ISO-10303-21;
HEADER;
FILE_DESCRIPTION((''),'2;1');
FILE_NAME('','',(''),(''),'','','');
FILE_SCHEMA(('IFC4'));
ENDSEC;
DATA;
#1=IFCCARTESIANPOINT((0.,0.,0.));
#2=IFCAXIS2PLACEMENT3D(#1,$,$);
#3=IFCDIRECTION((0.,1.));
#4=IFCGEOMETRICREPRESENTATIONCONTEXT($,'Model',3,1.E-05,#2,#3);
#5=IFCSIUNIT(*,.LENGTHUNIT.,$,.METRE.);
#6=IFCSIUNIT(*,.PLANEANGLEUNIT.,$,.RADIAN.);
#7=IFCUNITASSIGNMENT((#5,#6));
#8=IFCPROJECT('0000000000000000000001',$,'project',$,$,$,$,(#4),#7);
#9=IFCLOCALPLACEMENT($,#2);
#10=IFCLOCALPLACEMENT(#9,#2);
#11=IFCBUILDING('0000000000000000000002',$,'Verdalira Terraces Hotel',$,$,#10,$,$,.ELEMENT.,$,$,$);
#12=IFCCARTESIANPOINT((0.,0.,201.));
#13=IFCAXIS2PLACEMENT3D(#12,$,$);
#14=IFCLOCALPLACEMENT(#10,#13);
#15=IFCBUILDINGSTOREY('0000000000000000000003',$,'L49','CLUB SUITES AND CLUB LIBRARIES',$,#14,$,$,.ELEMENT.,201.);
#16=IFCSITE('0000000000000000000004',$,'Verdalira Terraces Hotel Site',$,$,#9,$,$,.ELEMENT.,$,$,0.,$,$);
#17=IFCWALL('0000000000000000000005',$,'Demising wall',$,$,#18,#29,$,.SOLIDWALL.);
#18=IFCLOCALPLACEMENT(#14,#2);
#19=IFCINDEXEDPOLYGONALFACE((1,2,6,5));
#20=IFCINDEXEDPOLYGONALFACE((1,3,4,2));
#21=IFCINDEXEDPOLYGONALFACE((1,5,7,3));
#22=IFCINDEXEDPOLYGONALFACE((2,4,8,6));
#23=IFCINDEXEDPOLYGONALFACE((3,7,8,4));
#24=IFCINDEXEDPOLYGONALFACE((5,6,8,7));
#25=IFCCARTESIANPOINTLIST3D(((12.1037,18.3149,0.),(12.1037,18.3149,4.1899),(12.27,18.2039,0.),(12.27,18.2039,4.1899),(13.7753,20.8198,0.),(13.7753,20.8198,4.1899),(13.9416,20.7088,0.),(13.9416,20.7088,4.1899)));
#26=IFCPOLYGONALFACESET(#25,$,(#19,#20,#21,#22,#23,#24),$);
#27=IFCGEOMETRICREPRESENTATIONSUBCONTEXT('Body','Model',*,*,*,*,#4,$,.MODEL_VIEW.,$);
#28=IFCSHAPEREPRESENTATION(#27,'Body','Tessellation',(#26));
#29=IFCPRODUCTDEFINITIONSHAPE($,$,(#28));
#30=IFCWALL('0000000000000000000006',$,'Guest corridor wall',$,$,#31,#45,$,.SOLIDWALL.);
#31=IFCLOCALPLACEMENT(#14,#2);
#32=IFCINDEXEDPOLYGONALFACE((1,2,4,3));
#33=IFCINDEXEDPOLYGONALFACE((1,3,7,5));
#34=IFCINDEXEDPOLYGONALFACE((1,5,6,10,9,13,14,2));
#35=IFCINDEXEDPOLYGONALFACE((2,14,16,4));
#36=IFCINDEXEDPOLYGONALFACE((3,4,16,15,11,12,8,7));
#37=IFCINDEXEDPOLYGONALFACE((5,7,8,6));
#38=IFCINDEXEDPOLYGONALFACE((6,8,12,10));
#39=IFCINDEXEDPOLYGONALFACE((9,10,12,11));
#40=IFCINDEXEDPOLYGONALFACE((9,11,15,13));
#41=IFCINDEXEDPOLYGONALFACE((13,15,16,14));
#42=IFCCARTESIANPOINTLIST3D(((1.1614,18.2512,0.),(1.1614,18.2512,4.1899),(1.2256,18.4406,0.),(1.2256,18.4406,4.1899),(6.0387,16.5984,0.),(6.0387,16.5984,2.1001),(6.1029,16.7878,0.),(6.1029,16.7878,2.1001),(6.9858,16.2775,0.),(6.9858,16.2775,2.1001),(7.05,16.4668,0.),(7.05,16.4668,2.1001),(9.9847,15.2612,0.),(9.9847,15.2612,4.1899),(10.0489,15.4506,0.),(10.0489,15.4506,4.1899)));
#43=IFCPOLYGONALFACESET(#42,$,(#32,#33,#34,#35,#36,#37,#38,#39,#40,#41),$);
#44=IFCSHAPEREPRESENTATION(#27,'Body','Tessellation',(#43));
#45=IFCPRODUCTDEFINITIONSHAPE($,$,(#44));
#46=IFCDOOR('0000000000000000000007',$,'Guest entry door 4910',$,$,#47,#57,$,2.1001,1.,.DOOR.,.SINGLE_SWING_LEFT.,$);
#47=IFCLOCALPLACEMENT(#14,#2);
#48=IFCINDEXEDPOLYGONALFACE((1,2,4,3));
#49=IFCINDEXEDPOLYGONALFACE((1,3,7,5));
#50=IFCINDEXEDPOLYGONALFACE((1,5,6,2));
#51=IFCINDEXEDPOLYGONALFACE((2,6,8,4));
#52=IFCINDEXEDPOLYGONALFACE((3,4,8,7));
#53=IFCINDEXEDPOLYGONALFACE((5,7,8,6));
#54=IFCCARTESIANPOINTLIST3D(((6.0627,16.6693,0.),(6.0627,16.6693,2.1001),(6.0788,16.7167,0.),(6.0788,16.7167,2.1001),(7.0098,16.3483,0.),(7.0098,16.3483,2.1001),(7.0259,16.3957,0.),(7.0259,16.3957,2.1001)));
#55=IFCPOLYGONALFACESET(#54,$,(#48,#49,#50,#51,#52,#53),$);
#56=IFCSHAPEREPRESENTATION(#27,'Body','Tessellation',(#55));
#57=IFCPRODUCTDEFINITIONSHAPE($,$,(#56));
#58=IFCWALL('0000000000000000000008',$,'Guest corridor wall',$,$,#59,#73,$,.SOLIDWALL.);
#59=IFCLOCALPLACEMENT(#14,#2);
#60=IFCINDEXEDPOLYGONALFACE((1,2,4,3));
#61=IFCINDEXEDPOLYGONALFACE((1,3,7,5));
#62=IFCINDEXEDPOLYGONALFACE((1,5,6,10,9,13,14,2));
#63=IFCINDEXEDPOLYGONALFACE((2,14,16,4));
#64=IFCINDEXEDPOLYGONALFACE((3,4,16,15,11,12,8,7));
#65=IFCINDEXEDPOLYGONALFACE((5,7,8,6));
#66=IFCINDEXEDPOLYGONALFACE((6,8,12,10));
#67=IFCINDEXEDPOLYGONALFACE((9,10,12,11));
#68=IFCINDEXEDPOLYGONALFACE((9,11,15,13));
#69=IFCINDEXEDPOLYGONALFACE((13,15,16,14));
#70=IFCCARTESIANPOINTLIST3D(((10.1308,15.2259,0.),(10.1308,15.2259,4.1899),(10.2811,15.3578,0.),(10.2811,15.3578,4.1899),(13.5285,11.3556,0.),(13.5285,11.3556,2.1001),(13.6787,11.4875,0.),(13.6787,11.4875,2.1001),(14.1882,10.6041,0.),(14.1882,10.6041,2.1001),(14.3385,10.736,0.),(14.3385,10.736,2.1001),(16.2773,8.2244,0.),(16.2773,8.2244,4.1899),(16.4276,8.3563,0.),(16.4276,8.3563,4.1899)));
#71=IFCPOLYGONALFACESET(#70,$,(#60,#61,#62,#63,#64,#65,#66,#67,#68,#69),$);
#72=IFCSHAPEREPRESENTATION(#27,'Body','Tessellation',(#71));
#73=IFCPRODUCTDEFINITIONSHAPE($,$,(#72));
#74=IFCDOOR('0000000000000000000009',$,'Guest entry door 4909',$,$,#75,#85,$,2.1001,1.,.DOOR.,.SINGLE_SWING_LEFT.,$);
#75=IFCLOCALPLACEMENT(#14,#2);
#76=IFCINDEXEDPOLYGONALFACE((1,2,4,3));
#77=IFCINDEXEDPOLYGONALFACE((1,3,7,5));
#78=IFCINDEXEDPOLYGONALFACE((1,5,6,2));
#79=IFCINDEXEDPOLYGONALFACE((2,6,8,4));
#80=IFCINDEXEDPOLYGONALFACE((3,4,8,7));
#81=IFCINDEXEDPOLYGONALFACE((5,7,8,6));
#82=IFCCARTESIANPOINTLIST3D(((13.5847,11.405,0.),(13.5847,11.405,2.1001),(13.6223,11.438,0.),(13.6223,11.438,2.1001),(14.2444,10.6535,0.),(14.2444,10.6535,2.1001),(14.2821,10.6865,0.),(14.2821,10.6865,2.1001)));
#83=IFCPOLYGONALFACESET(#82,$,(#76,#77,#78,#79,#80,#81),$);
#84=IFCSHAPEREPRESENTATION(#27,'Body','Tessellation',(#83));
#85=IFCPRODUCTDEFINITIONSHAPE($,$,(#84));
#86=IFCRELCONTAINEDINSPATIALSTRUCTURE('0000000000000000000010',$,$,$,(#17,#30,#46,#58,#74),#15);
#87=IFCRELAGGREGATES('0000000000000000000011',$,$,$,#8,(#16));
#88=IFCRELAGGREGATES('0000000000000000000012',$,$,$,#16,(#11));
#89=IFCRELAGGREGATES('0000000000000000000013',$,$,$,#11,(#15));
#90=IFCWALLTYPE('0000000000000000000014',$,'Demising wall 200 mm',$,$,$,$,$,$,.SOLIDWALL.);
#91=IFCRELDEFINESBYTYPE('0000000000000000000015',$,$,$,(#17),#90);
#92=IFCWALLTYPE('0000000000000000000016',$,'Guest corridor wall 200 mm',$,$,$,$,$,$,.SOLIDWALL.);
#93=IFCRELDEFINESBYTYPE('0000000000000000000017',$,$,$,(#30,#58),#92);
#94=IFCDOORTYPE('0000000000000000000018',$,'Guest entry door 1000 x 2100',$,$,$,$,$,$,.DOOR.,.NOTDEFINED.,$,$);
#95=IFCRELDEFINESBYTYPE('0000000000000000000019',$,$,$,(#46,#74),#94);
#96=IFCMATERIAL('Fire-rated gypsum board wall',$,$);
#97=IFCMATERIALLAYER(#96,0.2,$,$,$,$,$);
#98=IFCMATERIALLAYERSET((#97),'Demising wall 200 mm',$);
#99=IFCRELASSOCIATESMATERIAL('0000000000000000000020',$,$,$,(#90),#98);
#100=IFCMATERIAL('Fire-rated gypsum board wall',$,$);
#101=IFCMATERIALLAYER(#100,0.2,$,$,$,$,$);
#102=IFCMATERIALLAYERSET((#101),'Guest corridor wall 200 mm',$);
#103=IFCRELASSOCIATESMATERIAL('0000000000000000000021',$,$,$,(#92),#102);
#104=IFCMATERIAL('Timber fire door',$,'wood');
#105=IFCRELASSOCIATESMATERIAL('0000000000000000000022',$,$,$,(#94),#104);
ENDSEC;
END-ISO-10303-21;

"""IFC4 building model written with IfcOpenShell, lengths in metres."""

from ifc_helpers import new_model, si_unit, direction, frame, frame_2d, origin, place, context, subcontext, project, spatial, rectangle, extrude, material, layer, layer_set, type_object, element, fill, save


model = new_model("IFC4")

# Units and contexts
model_context = context("Model", 3, precision=1e-05, world=origin(), true_north=direction((0.0, 1.0)))
body_context = subcontext(model_context, "Body", "Model", "MODEL_VIEW")
ifc_project = project(units=[si_unit("LENGTHUNIT", "METRE"), si_unit("PLANEANGLEUNIT", "RADIAN")], contexts=[model_context])

# Site, building, storey
site_placement = place(None, origin())
site = spatial("IfcSite", under=ifc_project, at=site_placement, Name="Verdalira Terraces Hotel Site", CompositionType="ELEMENT", RefElevation=0.0)
building_placement = place(site_placement, origin())
building = spatial("IfcBuilding", under=site, at=building_placement, Name="Verdalira Terraces Hotel", CompositionType="ELEMENT")
storey_placement = place(building_placement, frame((0.0, 0.0, 201.0)))
storey = spatial("IfcBuildingStorey", under=building, at=storey_placement, Name="L49", Description="CLUB SUITES AND CLUB LIBRARIES", CompositionType="ELEMENT", Elevation=201.0)

# Wall
ifc_material_1 = material(Name="Fire-rated gypsum board wall")
ifc_layer_1 = layer(ifc_material_1, 0.2)
ifc_layer_set_1 = layer_set([ifc_layer_1], Name="Demising wall 200 mm")
wall_type_1 = type_object("IfcWallType", Name="Demising wall 200 mm", PredefinedType="SOLIDWALL", material=ifc_layer_set_1)
wall_1_placement = place(storey_placement, frame((12.1868, 18.2593, 0.0), z_axis=(0.0, 0.0, 1.0), x_axis=(0.555093, 0.831788, 0.0)))
element("IfcWall", 1, at=wall_1_placement, inside=storey, type_object=wall_type_1, Name="Demising wall", PredefinedType="SOLIDWALL", context=body_context, shape_type="SweptSolid", body=[
    extrude(rectangle(XDim=3.0115, YDim=0.2, at=frame_2d((1.5059, 0.0))), origin(), (0.0, 0.0, 1.0), 4.1899),
])

# Walls, openings, doors
ifc_material_2 = material(Name="Fire-rated gypsum board wall")
ifc_layer_2 = layer(ifc_material_2, 0.2)
ifc_layer_set_2 = layer_set([ifc_layer_2], Name="Guest corridor wall 200 mm")
wall_type_2 = type_object("IfcWallType", Name="Guest corridor wall 200 mm", PredefinedType="SOLIDWALL", material=ifc_layer_set_2)
wall_2_placement = place(storey_placement, frame((1.1934, 18.3459, 0.0), z_axis=(0.0, 0.0, 1.0), x_axis=(0.947097, -0.320949, 0.0)))
wall_2 = element("IfcWall", 2, at=wall_2_placement, inside=storey, type_object=wall_type_2, Name="Guest corridor wall", PredefinedType="SOLIDWALL", context=body_context, shape_type="SweptSolid", body=[
    extrude(rectangle(XDim=9.3162, YDim=0.2, at=frame_2d((4.6582, 0.0))), origin(), (0.0, 0.0, 1.0), 4.1899),
])
opening_1_placement = place(wall_2_placement, frame((5.1499, 0.0, 0.0)))
opening_1 = element("IfcOpeningElement", 3, at=opening_1_placement, cuts=wall_2, PredefinedType="OPENING", context=body_context, shape_type="SweptSolid", body=[
    extrude(rectangle(XDim=1.0, YDim=2.1001, at=frame_2d((0.5, 1.05))), frame((0.0, 0.1099, 0.0), z_axis=(0.0, -1.0, 0.0), x_axis=(1.0, 0.0, 0.0)), (0.0, 0.0, 1.0), 0.22),
])
ifc_material_3 = material(Name="Timber fire door", Category="wood")
door_type_1 = type_object("IfcDoorType", Name="Guest entry door 1000 x 2100", OperationType="NOTDEFINED", PredefinedType="DOOR", material=ifc_material_3)
door_1_placement = place(opening_1_placement, origin())
door_1 = element("IfcDoor", 4, at=door_1_placement, inside=storey, type_object=door_type_1, Name="Guest entry door 4910", OperationType="SINGLE_SWING_LEFT", OverallHeight=2.1001, OverallWidth=1.0, PredefinedType="DOOR", context=body_context, shape_type="SweptSolid", body=[
    extrude(rectangle(XDim=1.0, YDim=2.1001, at=frame_2d((0.5, 1.05))), frame((0.0, 0.0249, 0.0), z_axis=(0.0, -1.0, 0.0), x_axis=(1.0, 0.0, 0.0)), (0.0, 0.0, 1.0), 0.05),
])
fill(opening_1, door_1)
wall_3_placement = place(storey_placement, frame((10.2061, 15.2917, 0.0), z_axis=(0.0, 0.0, 1.0), x_axis=(0.659732, -0.751501, 0.0)))
wall_3 = element("IfcWall", 5, at=wall_3_placement, inside=storey, type_object=wall_type_2, Name="Guest corridor wall", PredefinedType="SOLIDWALL", context=body_context, shape_type="SweptSolid", body=[
    extrude(rectangle(XDim=9.3166, YDim=0.2, at=frame_2d((4.6582, 0.0))), origin(), (0.0, 0.0, 1.0), 4.1899),
])
opening_2_placement = place(wall_3_placement, frame((5.1499, 0.0, 0.0)))
opening_2 = element("IfcOpeningElement", 6, at=opening_2_placement, cuts=wall_3, PredefinedType="OPENING", context=body_context, shape_type="SweptSolid", body=[
    extrude(rectangle(XDim=1.0, YDim=2.1001, at=frame_2d((0.5, 1.05))), frame((0.0, 0.1099, 0.0), z_axis=(0.0, -1.0, 0.0), x_axis=(1.0, 0.0, 0.0)), (0.0, 0.0, 1.0), 0.22),
])
door_2_placement = place(opening_2_placement, origin())
door_2 = element("IfcDoor", 7, at=door_2_placement, inside=storey, type_object=door_type_1, Name="Guest entry door 4909", OperationType="SINGLE_SWING_LEFT", OverallHeight=2.1001, OverallWidth=1.0, PredefinedType="DOOR", context=body_context, shape_type="SweptSolid", body=[
    extrude(rectangle(XDim=1.0, YDim=2.1001, at=frame_2d((0.5, 1.05))), frame((0.0, 0.0249, 0.0), z_axis=(0.0, -1.0, 0.0), x_axis=(1.0, 0.0, 0.0)), (0.0, 0.0, 1.0), 0.05),
])
fill(opening_2, door_2)

save(model, "model.ifc")
